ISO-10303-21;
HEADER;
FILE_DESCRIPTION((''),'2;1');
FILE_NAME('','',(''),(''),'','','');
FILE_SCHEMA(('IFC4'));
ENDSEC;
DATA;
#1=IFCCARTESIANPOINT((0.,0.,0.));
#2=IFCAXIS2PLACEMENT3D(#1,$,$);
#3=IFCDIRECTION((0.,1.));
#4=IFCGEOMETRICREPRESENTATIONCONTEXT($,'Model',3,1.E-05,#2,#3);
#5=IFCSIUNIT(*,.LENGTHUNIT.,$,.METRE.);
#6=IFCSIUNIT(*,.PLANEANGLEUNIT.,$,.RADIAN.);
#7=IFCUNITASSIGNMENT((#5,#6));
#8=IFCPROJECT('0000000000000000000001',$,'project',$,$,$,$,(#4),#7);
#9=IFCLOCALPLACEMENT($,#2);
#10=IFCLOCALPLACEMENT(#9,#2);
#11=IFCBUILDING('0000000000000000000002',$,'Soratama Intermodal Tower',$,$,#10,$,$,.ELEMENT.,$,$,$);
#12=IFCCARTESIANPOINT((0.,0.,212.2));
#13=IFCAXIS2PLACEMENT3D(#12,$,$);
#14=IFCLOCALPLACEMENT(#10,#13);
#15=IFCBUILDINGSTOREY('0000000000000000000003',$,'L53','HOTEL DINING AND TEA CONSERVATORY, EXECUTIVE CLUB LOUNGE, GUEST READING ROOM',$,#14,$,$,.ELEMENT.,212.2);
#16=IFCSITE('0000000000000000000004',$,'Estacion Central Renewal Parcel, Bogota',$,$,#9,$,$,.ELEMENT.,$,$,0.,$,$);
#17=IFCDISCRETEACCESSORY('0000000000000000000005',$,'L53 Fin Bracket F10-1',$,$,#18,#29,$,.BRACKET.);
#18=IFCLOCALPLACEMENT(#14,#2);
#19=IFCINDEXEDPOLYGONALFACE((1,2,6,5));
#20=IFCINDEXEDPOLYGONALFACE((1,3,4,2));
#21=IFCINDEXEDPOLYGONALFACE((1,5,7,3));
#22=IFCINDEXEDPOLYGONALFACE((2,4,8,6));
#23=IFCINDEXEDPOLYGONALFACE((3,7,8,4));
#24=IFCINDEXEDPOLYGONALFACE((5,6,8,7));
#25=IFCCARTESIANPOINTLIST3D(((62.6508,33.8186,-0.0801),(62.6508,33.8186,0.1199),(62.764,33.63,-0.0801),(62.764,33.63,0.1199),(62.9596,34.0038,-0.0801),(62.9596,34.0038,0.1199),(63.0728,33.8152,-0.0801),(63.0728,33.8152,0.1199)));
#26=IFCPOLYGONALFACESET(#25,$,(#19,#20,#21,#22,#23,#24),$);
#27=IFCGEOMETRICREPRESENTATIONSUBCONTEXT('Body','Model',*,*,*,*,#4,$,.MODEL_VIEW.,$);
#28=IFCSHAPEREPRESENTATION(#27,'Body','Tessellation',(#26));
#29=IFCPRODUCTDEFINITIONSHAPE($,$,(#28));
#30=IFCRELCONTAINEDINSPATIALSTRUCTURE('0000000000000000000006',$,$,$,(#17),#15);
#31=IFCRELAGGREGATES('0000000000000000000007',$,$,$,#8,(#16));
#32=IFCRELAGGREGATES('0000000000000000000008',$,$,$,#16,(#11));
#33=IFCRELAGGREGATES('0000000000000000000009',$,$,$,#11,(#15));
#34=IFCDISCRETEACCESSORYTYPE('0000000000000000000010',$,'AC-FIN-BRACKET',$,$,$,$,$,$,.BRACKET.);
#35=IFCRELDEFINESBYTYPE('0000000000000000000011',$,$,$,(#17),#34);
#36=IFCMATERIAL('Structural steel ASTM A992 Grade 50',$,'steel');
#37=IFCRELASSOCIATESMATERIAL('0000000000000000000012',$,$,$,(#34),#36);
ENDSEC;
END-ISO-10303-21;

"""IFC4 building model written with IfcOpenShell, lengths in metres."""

from ifc_helpers import new_model, si_unit, direction, frame, origin, origin_2d, place, context, subcontext, project, spatial, rectangle, extrude, material, type_object, element, save


model = new_model("IFC4")

# Units and contexts
model_context = context("Model", 3, precision=1e-05, world=origin(), true_north=direction((0.0, 1.0)))
body_context = subcontext(model_context, "Body", "Model", "MODEL_VIEW")
ifc_project = project(units=[si_unit("LENGTHUNIT", "METRE"), si_unit("PLANEANGLEUNIT", "RADIAN")], contexts=[model_context])

# Site, building, storey
site_placement = place(None, origin())
site = spatial("IfcSite", under=ifc_project, at=site_placement, Name="Estacion Central Renewal Parcel, Bogota", CompositionType="ELEMENT", RefElevation=0.0)
building_placement = place(site_placement, origin())
building = spatial("IfcBuilding", under=site, at=building_placement, Name="Soratama Intermodal Tower", CompositionType="ELEMENT")
storey_placement = place(building_placement, frame((0.0, 0.0, 212.2)))
storey = spatial("IfcBuildingStorey", under=building, at=storey_placement, Name="L53", Description="HOTEL DINING AND TEA CONSERVATORY, EXECUTIVE CLUB LOUNGE, GUEST READING ROOM", CompositionType="ELEMENT", Elevation=212.2)

# Discrete accessory
ifc_material_1 = material(Name="Structural steel ASTM A992 Grade 50", Category="steel")
discrete_accessory_type = type_object("IfcDiscreteAccessoryType", Name="AC-FIN-BRACKET", PredefinedType="BRACKET", material=ifc_material_1)
discrete_accessory_placement = place(storey_placement, frame((62.8618, 33.8169, -0.0801), z_axis=(0.0, 0.0, 1.0), x_axis=(0.857527, 0.51444, 0.0)))
element("IfcDiscreteAccessory", 1, at=discrete_accessory_placement, inside=storey, type_object=discrete_accessory_type, Name="L53 Fin Bracket F10-1", PredefinedType="BRACKET", context=body_context, shape_type="SweptSolid", body=[
    extrude(rectangle(XDim=0.3601, YDim=0.22, at=origin_2d()), origin(), (0.0, 0.0, 1.0), 0.2),
])

save(model, "model.ifc")
